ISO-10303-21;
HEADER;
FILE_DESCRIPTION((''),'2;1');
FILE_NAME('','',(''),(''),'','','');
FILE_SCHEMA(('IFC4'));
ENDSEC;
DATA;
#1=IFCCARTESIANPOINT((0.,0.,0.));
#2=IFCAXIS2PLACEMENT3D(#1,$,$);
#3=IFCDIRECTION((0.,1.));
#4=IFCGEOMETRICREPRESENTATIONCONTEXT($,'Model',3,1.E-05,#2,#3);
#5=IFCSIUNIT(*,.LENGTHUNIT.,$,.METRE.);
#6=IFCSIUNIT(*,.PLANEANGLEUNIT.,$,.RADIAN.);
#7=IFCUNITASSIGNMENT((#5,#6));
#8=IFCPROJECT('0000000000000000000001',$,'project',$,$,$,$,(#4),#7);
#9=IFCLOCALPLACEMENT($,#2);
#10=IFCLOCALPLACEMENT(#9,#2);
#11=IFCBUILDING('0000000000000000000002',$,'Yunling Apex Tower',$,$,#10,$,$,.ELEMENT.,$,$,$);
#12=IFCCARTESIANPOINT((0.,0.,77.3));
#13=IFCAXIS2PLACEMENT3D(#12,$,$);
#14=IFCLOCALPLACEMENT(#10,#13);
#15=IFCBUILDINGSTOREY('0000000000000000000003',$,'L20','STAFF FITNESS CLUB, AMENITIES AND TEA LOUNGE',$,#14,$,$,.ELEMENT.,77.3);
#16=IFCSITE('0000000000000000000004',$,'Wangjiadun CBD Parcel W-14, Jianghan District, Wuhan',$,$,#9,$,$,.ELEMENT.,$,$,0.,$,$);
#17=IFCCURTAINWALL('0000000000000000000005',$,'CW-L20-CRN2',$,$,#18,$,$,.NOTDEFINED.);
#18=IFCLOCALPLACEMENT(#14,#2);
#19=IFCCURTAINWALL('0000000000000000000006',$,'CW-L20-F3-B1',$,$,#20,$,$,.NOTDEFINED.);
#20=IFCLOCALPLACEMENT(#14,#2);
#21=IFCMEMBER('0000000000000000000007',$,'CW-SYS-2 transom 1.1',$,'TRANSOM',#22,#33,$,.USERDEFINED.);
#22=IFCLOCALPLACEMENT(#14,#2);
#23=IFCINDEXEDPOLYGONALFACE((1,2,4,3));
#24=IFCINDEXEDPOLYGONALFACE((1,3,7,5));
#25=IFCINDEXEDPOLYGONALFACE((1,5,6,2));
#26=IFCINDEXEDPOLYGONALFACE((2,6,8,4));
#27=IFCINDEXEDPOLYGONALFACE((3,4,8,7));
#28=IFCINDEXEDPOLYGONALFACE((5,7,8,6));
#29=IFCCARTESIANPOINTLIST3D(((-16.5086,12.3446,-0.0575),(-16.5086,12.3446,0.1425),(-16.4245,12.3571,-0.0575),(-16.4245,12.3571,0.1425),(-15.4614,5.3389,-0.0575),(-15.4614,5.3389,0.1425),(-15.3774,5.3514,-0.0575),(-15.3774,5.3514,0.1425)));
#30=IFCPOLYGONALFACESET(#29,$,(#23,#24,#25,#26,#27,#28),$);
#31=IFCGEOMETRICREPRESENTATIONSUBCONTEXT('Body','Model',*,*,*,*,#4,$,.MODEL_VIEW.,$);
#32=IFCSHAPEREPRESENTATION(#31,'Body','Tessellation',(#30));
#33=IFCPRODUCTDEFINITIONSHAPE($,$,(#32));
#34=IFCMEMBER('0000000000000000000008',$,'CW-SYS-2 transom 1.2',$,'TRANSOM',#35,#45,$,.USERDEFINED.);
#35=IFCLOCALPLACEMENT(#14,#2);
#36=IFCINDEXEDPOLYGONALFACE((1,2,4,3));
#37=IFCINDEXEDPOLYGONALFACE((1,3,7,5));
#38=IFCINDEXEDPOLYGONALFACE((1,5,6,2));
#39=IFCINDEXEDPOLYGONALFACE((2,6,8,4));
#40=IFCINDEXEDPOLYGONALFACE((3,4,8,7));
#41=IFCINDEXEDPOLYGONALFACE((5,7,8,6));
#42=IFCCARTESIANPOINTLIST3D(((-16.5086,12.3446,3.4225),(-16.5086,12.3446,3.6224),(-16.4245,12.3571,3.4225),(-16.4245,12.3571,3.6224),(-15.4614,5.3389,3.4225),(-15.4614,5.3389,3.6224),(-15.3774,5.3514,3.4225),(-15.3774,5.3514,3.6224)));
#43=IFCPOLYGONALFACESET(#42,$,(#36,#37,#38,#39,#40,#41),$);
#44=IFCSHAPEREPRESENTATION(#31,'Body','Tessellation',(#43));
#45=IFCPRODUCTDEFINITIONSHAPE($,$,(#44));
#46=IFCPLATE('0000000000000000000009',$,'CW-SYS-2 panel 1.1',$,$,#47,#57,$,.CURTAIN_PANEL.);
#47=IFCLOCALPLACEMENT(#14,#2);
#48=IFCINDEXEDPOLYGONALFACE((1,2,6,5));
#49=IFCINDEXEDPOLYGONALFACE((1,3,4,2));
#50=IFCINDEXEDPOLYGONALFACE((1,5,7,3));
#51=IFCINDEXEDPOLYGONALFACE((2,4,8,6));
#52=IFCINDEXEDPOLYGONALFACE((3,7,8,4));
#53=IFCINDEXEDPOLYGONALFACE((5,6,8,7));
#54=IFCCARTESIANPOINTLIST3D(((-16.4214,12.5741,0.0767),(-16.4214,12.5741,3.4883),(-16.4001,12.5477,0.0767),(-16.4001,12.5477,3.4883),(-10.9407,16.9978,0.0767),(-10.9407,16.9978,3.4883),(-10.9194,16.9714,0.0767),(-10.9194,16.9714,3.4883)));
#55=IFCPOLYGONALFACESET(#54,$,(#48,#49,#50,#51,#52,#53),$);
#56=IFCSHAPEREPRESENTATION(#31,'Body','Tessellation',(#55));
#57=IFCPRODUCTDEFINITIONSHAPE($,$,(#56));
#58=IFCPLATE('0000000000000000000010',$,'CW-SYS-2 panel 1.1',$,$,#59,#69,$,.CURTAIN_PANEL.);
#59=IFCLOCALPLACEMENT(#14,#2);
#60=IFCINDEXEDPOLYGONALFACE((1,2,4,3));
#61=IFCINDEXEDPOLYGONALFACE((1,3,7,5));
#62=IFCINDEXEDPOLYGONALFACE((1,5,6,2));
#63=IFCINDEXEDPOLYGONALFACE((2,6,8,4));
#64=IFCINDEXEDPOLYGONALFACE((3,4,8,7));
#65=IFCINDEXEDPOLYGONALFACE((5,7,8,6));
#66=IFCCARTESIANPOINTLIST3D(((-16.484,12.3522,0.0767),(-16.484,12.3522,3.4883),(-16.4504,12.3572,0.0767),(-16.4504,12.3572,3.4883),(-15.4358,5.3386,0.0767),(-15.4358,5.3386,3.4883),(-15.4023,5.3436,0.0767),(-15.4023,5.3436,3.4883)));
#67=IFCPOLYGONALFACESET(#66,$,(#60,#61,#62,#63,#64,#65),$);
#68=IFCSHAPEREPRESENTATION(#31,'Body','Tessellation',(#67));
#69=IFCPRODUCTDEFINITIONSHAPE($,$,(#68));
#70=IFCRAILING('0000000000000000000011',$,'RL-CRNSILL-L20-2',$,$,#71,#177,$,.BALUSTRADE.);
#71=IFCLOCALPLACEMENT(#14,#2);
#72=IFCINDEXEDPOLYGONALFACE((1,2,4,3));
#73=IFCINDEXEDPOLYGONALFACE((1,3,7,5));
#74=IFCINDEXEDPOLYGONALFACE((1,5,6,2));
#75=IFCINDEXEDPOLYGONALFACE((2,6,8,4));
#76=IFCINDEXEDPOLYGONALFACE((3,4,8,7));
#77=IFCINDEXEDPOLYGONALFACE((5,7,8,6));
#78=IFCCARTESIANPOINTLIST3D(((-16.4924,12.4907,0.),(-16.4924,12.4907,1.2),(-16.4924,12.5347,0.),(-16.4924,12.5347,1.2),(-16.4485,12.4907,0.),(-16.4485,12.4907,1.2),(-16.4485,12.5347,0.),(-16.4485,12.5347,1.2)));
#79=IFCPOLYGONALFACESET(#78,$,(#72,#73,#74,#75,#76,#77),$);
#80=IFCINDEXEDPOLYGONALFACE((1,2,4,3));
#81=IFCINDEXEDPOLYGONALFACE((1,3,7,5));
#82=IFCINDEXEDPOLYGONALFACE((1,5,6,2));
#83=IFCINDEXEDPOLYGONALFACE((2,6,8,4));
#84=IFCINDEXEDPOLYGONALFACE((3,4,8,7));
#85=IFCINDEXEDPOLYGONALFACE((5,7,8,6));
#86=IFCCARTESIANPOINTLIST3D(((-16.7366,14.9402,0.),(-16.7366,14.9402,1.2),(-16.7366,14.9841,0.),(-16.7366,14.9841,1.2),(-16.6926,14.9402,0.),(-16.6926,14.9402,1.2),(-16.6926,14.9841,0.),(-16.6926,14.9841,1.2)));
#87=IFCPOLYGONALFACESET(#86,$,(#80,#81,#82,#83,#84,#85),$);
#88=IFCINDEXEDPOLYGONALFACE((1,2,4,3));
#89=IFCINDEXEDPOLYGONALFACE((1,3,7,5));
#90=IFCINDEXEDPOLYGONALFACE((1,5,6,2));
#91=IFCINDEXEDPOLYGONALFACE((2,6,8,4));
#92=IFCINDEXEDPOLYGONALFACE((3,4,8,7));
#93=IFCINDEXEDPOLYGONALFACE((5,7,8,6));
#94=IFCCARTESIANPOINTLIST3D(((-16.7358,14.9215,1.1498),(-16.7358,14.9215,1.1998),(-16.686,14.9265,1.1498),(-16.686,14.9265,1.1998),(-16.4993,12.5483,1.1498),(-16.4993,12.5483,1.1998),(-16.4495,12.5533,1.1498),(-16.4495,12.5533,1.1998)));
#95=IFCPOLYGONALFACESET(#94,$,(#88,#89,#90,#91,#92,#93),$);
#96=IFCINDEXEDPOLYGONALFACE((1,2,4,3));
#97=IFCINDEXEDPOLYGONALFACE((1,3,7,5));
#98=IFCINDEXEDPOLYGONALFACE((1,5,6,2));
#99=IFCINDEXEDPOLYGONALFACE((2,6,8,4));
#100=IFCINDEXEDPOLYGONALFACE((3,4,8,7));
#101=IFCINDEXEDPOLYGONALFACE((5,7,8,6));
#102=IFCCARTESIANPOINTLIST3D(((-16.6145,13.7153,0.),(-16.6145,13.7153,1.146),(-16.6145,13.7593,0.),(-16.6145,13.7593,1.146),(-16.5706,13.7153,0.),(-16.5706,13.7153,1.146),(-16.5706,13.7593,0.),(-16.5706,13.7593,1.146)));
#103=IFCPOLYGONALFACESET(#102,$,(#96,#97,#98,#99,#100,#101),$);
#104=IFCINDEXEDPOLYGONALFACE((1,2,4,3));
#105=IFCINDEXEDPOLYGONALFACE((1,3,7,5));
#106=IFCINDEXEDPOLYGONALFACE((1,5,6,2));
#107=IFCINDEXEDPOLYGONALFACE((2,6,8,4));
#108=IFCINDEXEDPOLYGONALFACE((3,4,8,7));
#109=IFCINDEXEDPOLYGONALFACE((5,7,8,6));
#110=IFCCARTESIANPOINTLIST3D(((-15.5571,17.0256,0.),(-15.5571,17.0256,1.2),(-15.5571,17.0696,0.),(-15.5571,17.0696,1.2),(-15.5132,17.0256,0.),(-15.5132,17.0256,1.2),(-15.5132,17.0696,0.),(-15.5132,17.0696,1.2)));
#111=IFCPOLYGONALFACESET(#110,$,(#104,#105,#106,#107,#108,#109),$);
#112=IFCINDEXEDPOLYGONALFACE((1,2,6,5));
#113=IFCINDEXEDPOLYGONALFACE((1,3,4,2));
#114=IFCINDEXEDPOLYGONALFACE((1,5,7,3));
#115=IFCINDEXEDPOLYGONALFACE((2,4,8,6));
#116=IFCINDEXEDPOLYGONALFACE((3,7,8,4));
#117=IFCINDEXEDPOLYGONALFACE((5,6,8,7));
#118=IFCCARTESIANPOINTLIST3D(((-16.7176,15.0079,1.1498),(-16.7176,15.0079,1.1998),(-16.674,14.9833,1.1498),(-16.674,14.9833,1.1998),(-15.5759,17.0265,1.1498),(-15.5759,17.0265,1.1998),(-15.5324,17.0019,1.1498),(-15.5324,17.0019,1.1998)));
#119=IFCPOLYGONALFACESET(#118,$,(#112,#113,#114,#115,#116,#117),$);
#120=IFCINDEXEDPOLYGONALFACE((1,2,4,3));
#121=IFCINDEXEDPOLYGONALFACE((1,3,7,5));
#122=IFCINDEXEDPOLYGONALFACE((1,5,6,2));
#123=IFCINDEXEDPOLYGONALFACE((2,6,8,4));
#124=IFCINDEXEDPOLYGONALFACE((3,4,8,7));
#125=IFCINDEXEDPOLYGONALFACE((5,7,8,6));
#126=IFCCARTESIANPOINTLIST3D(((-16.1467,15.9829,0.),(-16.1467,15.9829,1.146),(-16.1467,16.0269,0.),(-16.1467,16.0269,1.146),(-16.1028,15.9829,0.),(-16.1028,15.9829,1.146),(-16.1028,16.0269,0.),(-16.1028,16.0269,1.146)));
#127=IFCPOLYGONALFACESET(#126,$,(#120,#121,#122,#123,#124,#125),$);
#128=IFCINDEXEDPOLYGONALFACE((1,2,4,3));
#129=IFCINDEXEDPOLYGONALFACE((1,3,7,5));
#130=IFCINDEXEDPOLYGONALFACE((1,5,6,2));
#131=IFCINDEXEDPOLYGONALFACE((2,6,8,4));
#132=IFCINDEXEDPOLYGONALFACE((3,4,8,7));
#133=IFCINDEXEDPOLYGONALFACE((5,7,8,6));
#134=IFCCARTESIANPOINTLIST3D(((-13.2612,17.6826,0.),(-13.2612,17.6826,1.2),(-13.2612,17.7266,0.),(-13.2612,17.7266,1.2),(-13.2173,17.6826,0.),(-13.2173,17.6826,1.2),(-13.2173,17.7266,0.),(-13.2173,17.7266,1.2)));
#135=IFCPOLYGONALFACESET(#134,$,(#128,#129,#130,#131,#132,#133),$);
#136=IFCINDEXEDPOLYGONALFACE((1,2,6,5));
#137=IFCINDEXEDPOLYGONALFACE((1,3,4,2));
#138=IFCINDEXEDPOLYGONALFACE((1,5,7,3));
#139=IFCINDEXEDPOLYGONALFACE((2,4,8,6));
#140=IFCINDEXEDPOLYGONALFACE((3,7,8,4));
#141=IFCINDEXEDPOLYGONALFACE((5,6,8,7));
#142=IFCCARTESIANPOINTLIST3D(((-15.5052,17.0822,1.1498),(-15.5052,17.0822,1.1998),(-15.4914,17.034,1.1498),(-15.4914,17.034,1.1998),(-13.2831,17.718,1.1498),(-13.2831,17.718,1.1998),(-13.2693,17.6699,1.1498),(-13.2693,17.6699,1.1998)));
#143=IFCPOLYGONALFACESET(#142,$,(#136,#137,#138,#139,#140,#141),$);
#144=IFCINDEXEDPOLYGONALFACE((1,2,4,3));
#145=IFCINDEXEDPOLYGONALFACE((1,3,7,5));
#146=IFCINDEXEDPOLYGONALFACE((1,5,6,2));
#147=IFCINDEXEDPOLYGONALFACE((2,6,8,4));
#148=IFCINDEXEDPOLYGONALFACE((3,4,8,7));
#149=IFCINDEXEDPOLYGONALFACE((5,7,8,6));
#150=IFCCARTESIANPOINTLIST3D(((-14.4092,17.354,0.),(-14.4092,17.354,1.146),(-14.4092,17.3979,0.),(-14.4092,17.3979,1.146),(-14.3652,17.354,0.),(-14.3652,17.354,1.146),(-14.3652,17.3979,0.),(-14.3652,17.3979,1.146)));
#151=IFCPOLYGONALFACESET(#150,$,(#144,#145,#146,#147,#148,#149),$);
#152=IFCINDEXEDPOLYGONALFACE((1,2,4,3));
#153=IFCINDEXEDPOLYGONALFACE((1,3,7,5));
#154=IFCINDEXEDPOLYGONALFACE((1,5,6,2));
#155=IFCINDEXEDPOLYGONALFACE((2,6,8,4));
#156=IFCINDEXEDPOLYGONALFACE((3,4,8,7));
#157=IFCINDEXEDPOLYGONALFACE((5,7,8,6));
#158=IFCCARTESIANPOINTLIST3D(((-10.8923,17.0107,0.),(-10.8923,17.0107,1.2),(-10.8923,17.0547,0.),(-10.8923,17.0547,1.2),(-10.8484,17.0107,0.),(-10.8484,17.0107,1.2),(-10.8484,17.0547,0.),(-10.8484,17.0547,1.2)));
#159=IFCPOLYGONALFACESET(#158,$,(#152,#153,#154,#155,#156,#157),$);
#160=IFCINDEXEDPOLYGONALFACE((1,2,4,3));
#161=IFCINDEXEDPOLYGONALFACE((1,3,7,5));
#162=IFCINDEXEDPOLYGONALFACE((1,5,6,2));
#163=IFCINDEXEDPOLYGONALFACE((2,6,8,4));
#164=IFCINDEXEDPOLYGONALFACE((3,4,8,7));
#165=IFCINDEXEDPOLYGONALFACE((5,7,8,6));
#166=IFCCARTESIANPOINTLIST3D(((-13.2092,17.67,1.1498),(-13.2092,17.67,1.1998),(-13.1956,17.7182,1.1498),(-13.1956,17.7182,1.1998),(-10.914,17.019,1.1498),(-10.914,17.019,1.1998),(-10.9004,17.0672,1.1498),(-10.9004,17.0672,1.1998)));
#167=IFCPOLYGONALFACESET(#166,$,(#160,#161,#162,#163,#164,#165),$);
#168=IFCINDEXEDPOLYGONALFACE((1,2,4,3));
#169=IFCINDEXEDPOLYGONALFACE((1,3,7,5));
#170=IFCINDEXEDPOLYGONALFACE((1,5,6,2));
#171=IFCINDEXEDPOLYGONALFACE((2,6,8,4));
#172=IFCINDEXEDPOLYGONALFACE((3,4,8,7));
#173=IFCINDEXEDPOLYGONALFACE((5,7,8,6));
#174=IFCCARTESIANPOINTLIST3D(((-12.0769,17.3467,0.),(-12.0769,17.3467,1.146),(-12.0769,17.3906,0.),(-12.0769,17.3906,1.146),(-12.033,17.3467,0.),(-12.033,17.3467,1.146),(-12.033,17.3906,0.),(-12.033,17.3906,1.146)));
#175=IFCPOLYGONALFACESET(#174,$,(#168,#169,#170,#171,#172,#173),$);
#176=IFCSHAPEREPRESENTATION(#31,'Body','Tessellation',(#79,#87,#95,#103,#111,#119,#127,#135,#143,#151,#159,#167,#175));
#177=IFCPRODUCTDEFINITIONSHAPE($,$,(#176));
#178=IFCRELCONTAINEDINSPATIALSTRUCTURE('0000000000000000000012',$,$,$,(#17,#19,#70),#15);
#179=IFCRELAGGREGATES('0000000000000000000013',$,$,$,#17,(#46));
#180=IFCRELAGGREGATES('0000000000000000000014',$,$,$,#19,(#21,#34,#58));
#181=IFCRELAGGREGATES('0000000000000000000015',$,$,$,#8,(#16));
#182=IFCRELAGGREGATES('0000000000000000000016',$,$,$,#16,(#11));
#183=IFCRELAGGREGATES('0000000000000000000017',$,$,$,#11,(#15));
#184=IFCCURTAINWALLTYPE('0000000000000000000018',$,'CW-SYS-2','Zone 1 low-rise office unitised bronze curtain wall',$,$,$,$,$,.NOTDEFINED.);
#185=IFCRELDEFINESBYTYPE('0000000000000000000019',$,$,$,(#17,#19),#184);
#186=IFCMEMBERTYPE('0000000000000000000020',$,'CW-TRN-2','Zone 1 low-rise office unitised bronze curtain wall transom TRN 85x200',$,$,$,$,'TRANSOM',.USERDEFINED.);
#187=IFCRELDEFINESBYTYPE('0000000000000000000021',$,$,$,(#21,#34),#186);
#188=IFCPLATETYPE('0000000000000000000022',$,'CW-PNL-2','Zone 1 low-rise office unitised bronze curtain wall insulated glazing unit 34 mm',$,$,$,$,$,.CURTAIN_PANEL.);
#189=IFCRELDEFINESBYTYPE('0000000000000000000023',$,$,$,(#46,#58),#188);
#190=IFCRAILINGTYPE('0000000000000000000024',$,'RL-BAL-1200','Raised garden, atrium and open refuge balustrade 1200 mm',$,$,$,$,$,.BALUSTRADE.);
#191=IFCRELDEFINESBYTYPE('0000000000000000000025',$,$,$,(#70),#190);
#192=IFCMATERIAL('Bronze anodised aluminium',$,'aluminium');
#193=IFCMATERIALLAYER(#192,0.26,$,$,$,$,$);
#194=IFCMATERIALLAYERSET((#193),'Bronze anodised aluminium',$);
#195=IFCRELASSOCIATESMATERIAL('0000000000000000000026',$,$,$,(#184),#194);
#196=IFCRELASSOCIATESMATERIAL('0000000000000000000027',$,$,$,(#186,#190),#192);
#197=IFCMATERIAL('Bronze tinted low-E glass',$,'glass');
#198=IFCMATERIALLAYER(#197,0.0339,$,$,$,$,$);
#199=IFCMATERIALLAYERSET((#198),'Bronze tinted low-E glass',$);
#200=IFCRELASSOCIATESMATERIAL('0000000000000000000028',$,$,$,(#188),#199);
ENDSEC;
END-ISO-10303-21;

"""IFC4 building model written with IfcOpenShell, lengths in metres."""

from ifc_helpers import new_model, si_unit, direction, frame, origin, origin_2d, place, context, subcontext, project, spatial, rectangle, extrude, source, transform, mapped, material, layer, layer_set, material_profile, profile_set, type_object, element, aggregate, save


model = new_model("IFC4")

# Units and contexts
model_context = context("Model", 3, precision=1e-05, world=origin(), true_north=direction((0.0, 1.0)))
body_context = subcontext(model_context, "Body", "Model", "MODEL_VIEW")
ifc_project = project(units=[si_unit("LENGTHUNIT", "METRE"), si_unit("PLANEANGLEUNIT", "RADIAN")], contexts=[model_context])

# Site, building, storey
site_placement = place(None, origin())
site = spatial("IfcSite", under=ifc_project, at=site_placement, Name="Wangjiadun CBD Parcel W-14, Jianghan District, Wuhan", CompositionType="ELEMENT", RefElevation=0.0)
building_placement = place(site_placement, origin())
building = spatial("IfcBuilding", under=site, at=building_placement, Name="Yunling Apex Tower", CompositionType="ELEMENT")
storey_placement = place(building_placement, frame((0.0, 0.0, 77.3)))
storey = spatial("IfcBuildingStorey", under=building, at=storey_placement, Name="L20", Description="STAFF FITNESS CLUB, AMENITIES AND TEA LOUNGE", CompositionType="ELEMENT", Elevation=77.3)

# Shared definitions
ifc_material_1 = material(Name="Bronze anodised aluminium", Category="aluminium")
ifc_layer_1 = layer(ifc_material_1, 0.26)
ifc_layer_set_1 = layer_set([ifc_layer_1], Name="Bronze anodised aluminium")
curtain_wall_type = type_object("IfcCurtainWallType", Name="CW-SYS-2", Description="Zone 1 low-rise office unitised bronze curtain wall", PredefinedType="NOTDEFINED", material=ifc_layer_set_1)

# Curtain wall
curtain_wall_1_placement = place(storey_placement, origin())
curtain_wall_1 = element("IfcCurtainWall", 1, at=curtain_wall_1_placement, inside=storey, type_object=curtain_wall_type, Name="CW-L20-CRN2", PredefinedType="NOTDEFINED")

# Curtain wall
curtain_wall_2_placement = place(storey_placement, origin())
curtain_wall_2 = element("IfcCurtainWall", 2, at=curtain_wall_2_placement, inside=storey, type_object=curtain_wall_type, Name="CW-L20-F3-B1", PredefinedType="NOTDEFINED")

# Members
ifc_material_profile_1 = material_profile(ifc_material_1, rectangle(XDim=0.085, YDim=0.2, at=origin_2d()))
ifc_profile_set_1 = profile_set([ifc_material_profile_1], Name="Bronze anodised aluminium")
member_type_1 = type_object("IfcMemberType", Name="CW-TRN-2", Description="Zone 1 low-rise office unitised bronze curtain wall transom TRN 85x200", ElementType="TRANSOM", PredefinedType="USERDEFINED", material=ifc_profile_set_1)
shared_shape_1 = source(origin(), body_context, "Body", "SweptSolid", [
    extrude(rectangle(XDim=0.085, YDim=0.2, at=origin_2d()), origin(), (0.0, 0.0, 1.0), 7.0835),
])
member_1_placement = place(storey_placement, frame((-16.4666, 12.3508, 0.0425), z_axis=(0.147826, -0.989013, 0.0), x_axis=(0.989013, 0.147826, 0.0)))
member_1 = element("IfcMember", 3, at=member_1_placement, type_object=member_type_1, Name="CW-SYS-2 transom 1.1", ObjectType="TRANSOM", PredefinedType="USERDEFINED", context=body_context, shape_type="MappedRepresentation", body=[
    mapped(shared_shape_1, transform((0.0, 0.0, 0.0), scale=1.0)),
])
member_2_placement = place(storey_placement, frame((-16.4666, 12.3508, 3.5225), z_axis=(0.147826, -0.989013, 0.0), x_axis=(0.989013, 0.147826, 0.0)))
member_2 = element("IfcMember", 4, at=member_2_placement, type_object=member_type_1, Name="CW-SYS-2 transom 1.2", ObjectType="TRANSOM", PredefinedType="USERDEFINED", context=body_context, shape_type="MappedRepresentation", body=[
    mapped(shared_shape_1, transform((0.0, 0.0, 0.0), scale=1.0)),
])

# Plates
ifc_material_2 = material(Name="Bronze tinted low-E glass", Category="glass")
ifc_layer_2 = layer(ifc_material_2, 0.0339)
ifc_layer_set_2 = layer_set([ifc_layer_2], Name="Bronze tinted low-E glass")
plate_type = type_object("IfcPlateType", Name="CW-PNL-2", Description="Zone 1 low-rise office unitised bronze curtain wall insulated glazing unit 34 mm", PredefinedType="CURTAIN_PANEL", material=ifc_layer_set_2)
shared_shape_2 = source(origin(), body_context, "Body", "SweptSolid", [
    extrude(rectangle(XDim=7.0432, YDim=0.0339, at=origin_2d()), origin(), (0.0, 0.0, 1.0), 3.4116),
])
plate_1_placement = place(storey_placement, frame((-13.6704, 14.7727, 0.0767), z_axis=(0.0, 0.0, 1.0), x_axis=(-0.778149, -0.62808, 0.0)))
plate_1 = element("IfcPlate", 5, at=plate_1_placement, type_object=plate_type, Name="CW-SYS-2 panel 1.1", PredefinedType="CURTAIN_PANEL", context=body_context, shape_type="MappedRepresentation", body=[
    mapped(shared_shape_2, transform((0.0, 0.0, 0.0), scale=1.0)),
])
aggregate(curtain_wall_1, [plate_1])
shared_shape_3 = source(origin(), body_context, "Body", "SweptSolid", [
    extrude(rectangle(XDim=7.0916, YDim=0.0339, at=origin_2d()), origin(), (0.0, 0.0, 1.0), 3.4116),
])
plate_2_placement = place(storey_placement, frame((-15.9431, 8.8479, 0.0767), z_axis=(0.0, 0.0, 1.0), x_axis=(0.147799, -0.989017, 0.0)))
plate_2 = element("IfcPlate", 6, at=plate_2_placement, type_object=plate_type, Name="CW-SYS-2 panel 1.1", PredefinedType="CURTAIN_PANEL", context=body_context, shape_type="MappedRepresentation", body=[
    mapped(shared_shape_3, transform((0.0, 0.0, 0.0), scale=1.0)),
])
aggregate(curtain_wall_2, [member_1, member_2, plate_2])

# Railing
railing_type = type_object("IfcRailingType", Name="RL-BAL-1200", Description="Raised garden, atrium and open refuge balustrade 1200 mm", PredefinedType="BALUSTRADE", material=ifc_material_1)
railing_placement = place(storey_placement, frame((-16.4705, 12.5127, 0.0)))
element("IfcRailing", 7, at=railing_placement, inside=storey, type_object=railing_type, Name="RL-CRNSILL-L20-2", PredefinedType="BALUSTRADE", context=body_context, shape_type="SweptSolid", body=[
    extrude(rectangle(XDim=0.0439, YDim=0.0439, at=origin_2d()), origin(), (0.0, 0.0, 1.0), 1.2),
    extrude(rectangle(XDim=0.0439, YDim=0.0439, at=origin_2d()), frame((-0.2441, 2.4495, 0.0)), (0.0, 0.0, 1.0), 1.2),
    extrude(rectangle(XDim=0.05, YDim=0.05, at=origin_2d()), frame((-0.0039, 0.0381, 1.1748), z_axis=(-0.09918, 0.99507, 0.0), x_axis=(-0.99507, -0.09918, 0.0)), (0.0, 0.0, 1.0), 2.385),
    extrude(rectangle(XDim=0.0439, YDim=0.0439, at=origin_2d()), frame((-0.1221, 1.2246, 0.0)), (0.0, 0.0, 1.0), 1.146),
    extrude(rectangle(XDim=0.0439, YDim=0.0439, at=origin_2d()), frame((0.9353, 4.5349, 0.0)), (0.0, 0.0, 1.0), 1.2),
    extrude(rectangle(XDim=0.05, YDim=0.05, at=origin_2d()), frame((-0.2253, 2.4829, 1.1748), z_axis=(0.492282, 0.870436, 0.0), x_axis=(-0.870436, 0.492282, 0.0)), (0.0, 0.0, 1.0), 2.3191),
    extrude(rectangle(XDim=0.0439, YDim=0.0439, at=origin_2d()), frame((0.3457, 3.4922, 0.0)), (0.0, 0.0, 1.0), 1.146),
    extrude(rectangle(XDim=0.0439, YDim=0.0439, at=origin_2d()), frame((3.2312, 5.1919, 0.0)), (0.0, 0.0, 1.0), 1.2),
    extrude(rectangle(XDim=0.05, YDim=0.05, at=origin_2d()), frame((0.9722, 4.5454, 1.1748), z_axis=(0.961412, 0.275113, 0.0), x_axis=(-0.275113, 0.961412, 0.0)), (0.0, 0.0, 1.0), 2.3113),
    extrude(rectangle(XDim=0.0439, YDim=0.0439, at=origin_2d()), frame((2.0833, 4.8633, 0.0)), (0.0, 0.0, 1.0), 1.146),
    extrude(rectangle(XDim=0.0439, YDim=0.0439, at=origin_2d()), frame((5.6001, 4.52, 0.0)), (0.0, 0.0, 1.0), 1.2),
    extrude(rectangle(XDim=0.05, YDim=0.05, at=origin_2d()), frame((3.2681, 5.1814, 1.1748), z_axis=(0.962053, -0.272861, 0.0), x_axis=(0.272861, 0.962053, 0.0)), (0.0, 0.0, 1.0), 2.3857),
    extrude(rectangle(XDim=0.0439, YDim=0.0439, at=origin_2d()), frame((4.4155, 4.856, 0.0)), (0.0, 0.0, 1.0), 1.146),
])

save(model, "model.ifc")
